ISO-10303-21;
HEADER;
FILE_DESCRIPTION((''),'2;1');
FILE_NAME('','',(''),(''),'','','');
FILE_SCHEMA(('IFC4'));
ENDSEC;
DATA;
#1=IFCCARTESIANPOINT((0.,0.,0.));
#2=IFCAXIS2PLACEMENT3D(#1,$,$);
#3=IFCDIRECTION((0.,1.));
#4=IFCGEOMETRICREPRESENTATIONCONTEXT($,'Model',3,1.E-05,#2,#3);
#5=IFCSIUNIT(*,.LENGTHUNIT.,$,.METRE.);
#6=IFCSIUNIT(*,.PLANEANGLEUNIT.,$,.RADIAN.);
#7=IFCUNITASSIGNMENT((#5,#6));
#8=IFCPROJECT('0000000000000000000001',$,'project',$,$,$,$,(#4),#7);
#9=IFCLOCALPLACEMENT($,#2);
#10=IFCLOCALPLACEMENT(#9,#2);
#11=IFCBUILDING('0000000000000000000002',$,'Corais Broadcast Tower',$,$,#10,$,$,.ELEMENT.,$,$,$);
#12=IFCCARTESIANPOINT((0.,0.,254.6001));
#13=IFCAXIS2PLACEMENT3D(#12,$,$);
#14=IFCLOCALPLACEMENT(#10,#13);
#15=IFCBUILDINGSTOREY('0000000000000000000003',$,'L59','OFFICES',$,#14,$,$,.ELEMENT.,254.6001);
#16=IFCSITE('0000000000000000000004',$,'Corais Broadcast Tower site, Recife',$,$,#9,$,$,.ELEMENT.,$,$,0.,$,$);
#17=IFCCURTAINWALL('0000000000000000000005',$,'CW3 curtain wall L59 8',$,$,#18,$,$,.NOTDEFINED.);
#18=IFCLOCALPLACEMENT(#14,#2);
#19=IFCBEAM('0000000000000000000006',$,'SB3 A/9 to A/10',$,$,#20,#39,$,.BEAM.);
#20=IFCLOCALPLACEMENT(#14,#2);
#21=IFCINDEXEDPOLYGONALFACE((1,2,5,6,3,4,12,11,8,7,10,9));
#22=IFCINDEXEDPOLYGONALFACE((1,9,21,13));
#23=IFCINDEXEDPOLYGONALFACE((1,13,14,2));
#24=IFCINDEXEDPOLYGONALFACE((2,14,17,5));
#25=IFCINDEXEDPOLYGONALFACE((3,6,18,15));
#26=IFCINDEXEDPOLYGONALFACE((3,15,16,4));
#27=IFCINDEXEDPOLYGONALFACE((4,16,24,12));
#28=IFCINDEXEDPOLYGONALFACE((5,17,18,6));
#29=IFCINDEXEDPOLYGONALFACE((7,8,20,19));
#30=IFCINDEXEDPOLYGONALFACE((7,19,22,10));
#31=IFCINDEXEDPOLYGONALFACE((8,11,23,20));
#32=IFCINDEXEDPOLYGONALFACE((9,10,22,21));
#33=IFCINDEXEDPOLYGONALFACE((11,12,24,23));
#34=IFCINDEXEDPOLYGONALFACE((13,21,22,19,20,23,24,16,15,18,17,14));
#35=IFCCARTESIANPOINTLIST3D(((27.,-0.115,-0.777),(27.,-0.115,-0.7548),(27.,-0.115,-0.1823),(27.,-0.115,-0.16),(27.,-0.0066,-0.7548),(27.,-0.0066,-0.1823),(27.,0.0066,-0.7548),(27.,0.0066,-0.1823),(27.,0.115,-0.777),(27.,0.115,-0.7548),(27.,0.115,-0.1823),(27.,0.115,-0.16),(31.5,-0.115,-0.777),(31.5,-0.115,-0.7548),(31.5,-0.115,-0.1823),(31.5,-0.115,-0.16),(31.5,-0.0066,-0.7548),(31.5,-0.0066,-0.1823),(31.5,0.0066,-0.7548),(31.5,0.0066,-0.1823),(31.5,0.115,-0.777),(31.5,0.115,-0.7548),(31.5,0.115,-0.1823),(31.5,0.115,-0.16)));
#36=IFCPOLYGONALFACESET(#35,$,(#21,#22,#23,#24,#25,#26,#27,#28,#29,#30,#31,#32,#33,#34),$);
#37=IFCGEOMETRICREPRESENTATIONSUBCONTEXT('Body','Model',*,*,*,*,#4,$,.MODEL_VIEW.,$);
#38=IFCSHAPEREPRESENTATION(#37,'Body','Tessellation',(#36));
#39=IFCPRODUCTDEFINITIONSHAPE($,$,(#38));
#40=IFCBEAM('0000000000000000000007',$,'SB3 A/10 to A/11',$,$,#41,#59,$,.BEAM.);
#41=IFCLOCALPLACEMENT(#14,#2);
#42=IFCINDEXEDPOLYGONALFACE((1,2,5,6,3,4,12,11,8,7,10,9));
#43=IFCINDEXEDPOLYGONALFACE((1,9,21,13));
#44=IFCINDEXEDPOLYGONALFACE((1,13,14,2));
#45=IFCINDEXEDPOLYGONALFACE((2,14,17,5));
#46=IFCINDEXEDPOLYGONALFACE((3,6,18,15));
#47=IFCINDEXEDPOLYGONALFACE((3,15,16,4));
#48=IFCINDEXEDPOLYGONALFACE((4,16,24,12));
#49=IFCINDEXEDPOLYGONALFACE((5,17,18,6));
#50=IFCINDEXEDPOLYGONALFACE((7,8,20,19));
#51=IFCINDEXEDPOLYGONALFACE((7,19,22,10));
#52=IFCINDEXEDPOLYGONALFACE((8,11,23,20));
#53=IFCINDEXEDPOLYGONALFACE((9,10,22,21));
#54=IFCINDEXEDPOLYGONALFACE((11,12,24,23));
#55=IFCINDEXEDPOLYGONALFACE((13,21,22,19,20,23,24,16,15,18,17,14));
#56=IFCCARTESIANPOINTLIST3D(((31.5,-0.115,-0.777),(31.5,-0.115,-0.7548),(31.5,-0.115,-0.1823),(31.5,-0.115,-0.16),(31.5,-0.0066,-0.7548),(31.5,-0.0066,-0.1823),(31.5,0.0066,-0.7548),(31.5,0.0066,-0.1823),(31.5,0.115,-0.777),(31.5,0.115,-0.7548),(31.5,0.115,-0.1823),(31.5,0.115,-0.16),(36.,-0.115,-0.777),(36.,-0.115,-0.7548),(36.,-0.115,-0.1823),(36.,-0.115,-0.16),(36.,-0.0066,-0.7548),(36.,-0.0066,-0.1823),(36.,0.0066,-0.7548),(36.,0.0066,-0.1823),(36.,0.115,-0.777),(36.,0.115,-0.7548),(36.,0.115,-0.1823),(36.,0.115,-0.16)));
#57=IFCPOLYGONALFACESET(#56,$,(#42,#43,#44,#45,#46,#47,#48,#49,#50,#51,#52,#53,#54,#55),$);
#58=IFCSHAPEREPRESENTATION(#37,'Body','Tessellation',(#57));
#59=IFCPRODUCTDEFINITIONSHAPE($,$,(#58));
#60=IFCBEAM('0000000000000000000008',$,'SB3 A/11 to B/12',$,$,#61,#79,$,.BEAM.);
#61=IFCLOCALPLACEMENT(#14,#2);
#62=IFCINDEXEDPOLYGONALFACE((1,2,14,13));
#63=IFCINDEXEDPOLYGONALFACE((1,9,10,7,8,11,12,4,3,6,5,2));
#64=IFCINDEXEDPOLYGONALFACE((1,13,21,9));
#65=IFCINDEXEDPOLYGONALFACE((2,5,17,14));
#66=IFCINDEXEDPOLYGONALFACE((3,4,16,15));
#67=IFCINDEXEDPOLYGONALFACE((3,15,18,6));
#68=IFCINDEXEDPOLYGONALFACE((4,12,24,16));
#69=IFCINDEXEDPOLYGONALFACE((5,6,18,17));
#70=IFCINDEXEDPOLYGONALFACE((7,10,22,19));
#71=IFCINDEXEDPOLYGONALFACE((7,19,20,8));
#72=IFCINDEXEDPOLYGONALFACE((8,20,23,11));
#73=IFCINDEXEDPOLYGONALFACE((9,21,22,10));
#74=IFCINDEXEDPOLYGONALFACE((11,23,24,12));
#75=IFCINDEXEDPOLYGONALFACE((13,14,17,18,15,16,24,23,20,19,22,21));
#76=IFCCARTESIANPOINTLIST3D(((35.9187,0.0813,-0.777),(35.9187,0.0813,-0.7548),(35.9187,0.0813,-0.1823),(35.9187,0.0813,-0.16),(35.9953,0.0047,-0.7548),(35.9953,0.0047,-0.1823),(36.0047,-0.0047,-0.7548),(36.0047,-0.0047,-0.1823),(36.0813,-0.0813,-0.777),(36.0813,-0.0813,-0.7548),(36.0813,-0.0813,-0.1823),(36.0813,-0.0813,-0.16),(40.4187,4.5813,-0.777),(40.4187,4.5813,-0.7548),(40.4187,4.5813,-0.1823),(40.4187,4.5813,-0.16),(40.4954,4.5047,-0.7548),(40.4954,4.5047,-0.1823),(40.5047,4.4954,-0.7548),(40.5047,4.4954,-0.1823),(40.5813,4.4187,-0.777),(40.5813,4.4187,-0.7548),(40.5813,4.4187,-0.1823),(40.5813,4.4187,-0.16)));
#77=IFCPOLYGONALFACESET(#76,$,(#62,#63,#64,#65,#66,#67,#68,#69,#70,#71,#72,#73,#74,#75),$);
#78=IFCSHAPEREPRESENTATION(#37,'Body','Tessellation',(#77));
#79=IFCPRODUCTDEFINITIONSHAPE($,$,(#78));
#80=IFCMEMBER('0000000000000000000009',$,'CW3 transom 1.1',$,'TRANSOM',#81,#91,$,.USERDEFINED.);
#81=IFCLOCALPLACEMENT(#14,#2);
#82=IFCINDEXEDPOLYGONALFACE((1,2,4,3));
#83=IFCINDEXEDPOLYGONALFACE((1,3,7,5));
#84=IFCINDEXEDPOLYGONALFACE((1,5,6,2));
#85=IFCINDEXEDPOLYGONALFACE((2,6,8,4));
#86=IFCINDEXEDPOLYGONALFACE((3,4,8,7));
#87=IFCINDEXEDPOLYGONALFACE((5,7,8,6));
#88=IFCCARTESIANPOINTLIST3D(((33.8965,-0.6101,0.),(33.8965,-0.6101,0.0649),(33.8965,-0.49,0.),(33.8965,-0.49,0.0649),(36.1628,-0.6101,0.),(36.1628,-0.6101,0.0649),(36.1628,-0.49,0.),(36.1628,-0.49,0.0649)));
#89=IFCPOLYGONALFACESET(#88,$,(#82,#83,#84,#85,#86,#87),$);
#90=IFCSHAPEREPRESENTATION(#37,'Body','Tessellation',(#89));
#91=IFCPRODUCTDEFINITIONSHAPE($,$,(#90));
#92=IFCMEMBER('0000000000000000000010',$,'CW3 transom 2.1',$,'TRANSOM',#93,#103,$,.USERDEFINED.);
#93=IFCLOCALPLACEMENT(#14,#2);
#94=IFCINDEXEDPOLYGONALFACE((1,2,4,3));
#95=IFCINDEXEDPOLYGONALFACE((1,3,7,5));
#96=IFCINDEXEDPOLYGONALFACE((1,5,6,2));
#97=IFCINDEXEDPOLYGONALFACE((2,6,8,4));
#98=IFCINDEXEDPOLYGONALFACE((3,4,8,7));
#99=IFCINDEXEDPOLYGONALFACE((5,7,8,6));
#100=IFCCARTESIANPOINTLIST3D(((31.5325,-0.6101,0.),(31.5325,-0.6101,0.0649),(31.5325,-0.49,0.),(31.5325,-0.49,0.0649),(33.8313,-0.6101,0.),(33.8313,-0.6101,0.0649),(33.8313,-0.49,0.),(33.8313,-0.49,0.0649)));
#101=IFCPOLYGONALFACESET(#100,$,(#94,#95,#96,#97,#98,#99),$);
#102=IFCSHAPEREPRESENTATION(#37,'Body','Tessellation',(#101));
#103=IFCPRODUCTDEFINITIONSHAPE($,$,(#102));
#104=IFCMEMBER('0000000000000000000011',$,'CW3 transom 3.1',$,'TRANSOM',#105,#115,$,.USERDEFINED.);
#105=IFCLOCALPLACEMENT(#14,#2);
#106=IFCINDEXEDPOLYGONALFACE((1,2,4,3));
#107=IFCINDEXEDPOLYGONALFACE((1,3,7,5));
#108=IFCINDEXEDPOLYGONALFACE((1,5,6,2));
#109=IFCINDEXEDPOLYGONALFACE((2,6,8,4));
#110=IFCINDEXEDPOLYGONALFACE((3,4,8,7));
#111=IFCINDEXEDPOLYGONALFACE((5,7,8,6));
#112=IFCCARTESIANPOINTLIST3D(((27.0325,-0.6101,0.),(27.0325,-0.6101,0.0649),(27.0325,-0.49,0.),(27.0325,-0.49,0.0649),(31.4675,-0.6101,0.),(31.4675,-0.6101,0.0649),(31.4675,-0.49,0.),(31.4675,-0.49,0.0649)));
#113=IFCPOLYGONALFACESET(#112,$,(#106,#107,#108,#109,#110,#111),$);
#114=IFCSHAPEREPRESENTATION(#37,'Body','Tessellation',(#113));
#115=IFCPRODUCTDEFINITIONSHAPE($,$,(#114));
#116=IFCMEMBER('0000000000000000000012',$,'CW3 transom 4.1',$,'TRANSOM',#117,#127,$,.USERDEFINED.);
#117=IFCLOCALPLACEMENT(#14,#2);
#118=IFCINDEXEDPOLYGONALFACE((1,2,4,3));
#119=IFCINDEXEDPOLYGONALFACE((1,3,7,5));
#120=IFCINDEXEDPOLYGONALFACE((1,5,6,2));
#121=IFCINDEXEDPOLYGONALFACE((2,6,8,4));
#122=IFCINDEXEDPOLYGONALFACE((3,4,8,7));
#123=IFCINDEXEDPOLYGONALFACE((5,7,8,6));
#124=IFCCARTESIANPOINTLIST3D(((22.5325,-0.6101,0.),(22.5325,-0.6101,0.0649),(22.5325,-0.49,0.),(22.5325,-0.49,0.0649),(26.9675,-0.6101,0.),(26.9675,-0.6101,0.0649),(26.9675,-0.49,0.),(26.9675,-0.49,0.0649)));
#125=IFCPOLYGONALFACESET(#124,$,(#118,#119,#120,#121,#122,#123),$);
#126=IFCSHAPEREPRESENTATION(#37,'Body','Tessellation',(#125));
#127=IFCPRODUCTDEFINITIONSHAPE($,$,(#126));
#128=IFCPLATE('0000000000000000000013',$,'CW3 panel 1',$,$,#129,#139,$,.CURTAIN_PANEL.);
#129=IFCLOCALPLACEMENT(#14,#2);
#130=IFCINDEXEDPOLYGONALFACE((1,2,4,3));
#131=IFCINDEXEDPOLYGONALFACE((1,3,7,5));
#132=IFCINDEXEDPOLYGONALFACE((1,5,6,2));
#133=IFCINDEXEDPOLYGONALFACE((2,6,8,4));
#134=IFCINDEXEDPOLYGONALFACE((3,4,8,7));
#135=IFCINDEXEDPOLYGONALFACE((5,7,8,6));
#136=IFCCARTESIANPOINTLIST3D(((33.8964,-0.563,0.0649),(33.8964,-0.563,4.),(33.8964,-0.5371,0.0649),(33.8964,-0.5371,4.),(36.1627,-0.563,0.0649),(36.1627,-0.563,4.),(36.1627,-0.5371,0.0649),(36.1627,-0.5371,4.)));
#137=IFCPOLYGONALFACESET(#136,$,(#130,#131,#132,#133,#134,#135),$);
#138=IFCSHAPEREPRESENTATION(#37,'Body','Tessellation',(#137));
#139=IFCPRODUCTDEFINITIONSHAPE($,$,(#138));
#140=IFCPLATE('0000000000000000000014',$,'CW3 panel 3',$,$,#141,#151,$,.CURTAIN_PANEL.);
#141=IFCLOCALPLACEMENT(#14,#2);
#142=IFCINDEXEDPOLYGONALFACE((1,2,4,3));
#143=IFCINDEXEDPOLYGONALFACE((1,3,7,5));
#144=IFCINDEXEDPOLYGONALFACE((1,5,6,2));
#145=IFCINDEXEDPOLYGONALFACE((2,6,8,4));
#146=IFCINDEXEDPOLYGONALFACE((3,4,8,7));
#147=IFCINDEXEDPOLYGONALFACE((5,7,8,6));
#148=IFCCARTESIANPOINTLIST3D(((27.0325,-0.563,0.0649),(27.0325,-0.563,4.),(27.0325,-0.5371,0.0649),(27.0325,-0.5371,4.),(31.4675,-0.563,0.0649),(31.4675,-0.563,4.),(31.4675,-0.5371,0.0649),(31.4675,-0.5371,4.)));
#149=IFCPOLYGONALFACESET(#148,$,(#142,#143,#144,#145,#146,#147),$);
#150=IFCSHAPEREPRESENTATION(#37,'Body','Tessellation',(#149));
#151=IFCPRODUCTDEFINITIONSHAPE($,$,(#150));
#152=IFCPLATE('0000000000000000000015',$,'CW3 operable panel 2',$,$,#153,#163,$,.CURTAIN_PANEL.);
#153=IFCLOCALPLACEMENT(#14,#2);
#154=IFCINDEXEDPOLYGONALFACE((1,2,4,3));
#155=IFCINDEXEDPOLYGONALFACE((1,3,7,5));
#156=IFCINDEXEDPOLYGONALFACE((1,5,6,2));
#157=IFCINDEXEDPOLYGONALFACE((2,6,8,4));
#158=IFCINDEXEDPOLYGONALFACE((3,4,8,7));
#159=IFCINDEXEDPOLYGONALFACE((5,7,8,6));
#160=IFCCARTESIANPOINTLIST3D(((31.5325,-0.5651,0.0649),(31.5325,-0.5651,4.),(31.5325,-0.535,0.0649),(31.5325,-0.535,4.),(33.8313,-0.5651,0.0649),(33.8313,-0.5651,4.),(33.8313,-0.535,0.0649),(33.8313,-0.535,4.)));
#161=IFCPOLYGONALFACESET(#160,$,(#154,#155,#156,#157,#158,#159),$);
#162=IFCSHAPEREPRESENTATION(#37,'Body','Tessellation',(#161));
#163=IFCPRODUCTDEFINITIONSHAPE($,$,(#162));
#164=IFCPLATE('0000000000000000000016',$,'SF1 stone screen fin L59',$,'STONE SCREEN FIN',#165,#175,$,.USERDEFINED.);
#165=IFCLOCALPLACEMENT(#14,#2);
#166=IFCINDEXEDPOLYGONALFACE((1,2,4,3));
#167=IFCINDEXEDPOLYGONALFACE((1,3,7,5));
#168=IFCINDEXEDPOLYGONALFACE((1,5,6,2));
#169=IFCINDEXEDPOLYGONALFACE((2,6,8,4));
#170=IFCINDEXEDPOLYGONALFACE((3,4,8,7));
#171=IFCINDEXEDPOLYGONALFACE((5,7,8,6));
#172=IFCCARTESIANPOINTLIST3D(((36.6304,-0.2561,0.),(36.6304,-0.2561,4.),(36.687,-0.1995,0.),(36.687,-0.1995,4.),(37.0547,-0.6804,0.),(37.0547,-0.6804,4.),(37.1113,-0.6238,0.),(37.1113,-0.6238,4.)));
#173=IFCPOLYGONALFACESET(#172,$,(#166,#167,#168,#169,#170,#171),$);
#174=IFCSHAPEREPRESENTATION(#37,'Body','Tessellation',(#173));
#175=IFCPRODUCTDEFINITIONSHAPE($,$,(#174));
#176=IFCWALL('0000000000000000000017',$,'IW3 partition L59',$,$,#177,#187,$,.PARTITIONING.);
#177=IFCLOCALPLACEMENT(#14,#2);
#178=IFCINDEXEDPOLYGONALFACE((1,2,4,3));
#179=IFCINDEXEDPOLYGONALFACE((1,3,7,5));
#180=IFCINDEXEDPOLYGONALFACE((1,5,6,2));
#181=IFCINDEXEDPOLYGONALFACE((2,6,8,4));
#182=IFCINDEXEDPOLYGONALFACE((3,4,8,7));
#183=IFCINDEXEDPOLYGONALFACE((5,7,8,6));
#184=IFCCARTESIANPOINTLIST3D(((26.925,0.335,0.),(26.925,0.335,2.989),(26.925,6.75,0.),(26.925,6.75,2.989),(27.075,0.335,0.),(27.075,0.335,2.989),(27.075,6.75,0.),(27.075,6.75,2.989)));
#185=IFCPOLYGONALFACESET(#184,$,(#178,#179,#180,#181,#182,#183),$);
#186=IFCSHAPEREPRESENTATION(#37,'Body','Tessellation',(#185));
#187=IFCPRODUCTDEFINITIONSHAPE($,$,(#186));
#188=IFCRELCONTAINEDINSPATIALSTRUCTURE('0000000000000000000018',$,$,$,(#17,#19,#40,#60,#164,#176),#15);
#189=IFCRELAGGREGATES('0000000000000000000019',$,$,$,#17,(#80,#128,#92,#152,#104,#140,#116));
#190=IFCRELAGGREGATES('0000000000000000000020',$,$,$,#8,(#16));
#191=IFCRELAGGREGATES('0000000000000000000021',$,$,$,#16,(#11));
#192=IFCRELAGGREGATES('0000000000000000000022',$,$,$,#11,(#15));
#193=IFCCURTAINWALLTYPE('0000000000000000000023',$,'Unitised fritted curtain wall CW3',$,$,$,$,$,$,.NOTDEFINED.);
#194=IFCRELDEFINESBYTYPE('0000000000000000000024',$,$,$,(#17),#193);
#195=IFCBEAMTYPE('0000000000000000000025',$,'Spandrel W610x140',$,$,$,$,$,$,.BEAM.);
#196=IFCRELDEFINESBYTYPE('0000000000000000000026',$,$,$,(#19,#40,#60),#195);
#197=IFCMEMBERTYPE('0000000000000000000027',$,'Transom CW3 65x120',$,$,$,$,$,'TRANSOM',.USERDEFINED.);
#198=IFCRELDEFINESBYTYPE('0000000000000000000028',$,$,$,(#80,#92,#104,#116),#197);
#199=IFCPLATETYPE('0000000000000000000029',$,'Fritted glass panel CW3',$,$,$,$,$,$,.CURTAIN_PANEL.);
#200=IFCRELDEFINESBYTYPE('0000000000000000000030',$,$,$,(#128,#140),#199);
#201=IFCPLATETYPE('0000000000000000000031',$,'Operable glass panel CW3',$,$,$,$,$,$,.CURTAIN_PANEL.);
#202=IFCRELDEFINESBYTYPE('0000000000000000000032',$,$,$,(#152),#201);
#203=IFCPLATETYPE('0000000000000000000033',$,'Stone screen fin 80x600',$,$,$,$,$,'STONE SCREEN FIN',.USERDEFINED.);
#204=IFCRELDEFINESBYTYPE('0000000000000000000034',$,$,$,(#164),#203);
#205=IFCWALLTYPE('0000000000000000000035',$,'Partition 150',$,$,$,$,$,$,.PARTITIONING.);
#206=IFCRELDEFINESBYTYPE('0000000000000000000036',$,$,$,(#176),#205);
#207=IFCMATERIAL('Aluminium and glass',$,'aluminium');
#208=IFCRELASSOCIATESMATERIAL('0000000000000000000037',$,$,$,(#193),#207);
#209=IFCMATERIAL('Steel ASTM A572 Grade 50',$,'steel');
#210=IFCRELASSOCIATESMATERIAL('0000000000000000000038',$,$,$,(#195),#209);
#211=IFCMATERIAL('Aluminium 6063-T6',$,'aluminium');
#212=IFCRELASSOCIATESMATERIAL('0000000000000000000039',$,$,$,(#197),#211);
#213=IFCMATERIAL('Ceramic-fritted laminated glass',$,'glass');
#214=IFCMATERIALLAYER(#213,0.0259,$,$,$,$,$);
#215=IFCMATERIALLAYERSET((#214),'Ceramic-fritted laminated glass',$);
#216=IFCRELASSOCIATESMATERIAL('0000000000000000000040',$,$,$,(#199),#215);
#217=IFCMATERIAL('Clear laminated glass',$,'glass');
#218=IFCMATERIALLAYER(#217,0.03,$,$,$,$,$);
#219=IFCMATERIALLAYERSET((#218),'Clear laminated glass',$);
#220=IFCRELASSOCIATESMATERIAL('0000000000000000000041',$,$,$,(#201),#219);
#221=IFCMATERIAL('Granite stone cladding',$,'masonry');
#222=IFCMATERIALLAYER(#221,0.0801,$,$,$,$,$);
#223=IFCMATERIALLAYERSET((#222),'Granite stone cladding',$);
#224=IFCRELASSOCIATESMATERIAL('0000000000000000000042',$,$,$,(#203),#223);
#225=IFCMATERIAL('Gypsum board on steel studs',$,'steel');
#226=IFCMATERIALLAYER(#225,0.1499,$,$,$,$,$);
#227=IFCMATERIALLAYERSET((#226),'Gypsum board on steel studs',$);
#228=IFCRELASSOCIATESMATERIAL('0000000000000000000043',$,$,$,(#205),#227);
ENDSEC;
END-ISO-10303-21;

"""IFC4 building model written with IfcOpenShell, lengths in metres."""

from ifc_helpers import new_model, si_unit, direction, frame, frame_2d, origin, origin_2d, place, context, subcontext, project, spatial, rectangle, i_section, extrude, material, layer, layer_set, material_profile, profile_set, type_object, element, aggregate, save


model = new_model("IFC4")

# Units and contexts
model_context = context("Model", 3, precision=1e-05, world=origin(), true_north=direction((0.0, 1.0)))
body_context = subcontext(model_context, "Body", "Model", "MODEL_VIEW")
ifc_project = project(units=[si_unit("LENGTHUNIT", "METRE"), si_unit("PLANEANGLEUNIT", "RADIAN")], contexts=[model_context])

# Site, building, storey
site_placement = place(None, origin())
site = spatial("IfcSite", under=ifc_project, at=site_placement, Name="Corais Broadcast Tower site, Recife", CompositionType="ELEMENT", RefElevation=0.0)
building_placement = place(site_placement, origin())
building = spatial("IfcBuilding", under=site, at=building_placement, Name="Corais Broadcast Tower", CompositionType="ELEMENT")
storey_placement = place(building_placement, frame((0.0, 0.0, 254.6001)))
storey = spatial("IfcBuildingStorey", under=building, at=storey_placement, Name="L59", Description="OFFICES", CompositionType="ELEMENT", Elevation=254.6001)

# Shared definitions
ifc_material_1 = material(Name="Aluminium and glass", Category="aluminium")
curtain_wall_type = type_object("IfcCurtainWallType", Name="Unitised fritted curtain wall CW3", PredefinedType="NOTDEFINED", material=ifc_material_1)

# Curtain wall
curtain_wall_1_placement = place(storey_placement, origin())
curtain_wall_1 = element("IfcCurtainWall", 1, at=curtain_wall_1_placement, inside=storey, type_object=curtain_wall_type, Name="CW3 curtain wall L59 8", PredefinedType="NOTDEFINED")

# Beams
ifc_material_2 = material(Name="Steel ASTM A572 Grade 50", Category="steel")
ifc_material_profile_1 = material_profile(ifc_material_2, i_section(OverallWidth=0.23, OverallDepth=0.6169, WebThickness=0.0132, FlangeThickness=0.0222, at=origin_2d()), Name="W610x140")
ifc_profile_set_1 = profile_set([ifc_material_profile_1], Name="Steel ASTM A572 Grade 50")
beam_type_1 = type_object("IfcBeamType", Name="Spandrel W610x140", PredefinedType="BEAM", material=ifc_profile_set_1)
for number, where, z_axis, x_axis, name in (
    (2, (27.0, 0.0, -0.4685), (1.0, 0.0, 0.0), (0.0, 1.0, 0.0), "SB3 A/9 to A/10"),
    (3, (31.5, 0.0, -0.4685), (1.0, 0.0, 0.0), (0.0, 1.0, 0.0), "SB3 A/10 to A/11"),
):
    element("IfcBeam", number, at=place(storey_placement, frame(where, z_axis=z_axis, x_axis=x_axis)), inside=storey, type_object=beam_type_1, Name=name, PredefinedType="BEAM", context=body_context, shape_type="SweptSolid", body=[
        extrude(i_section(OverallWidth=0.23, OverallDepth=0.6169, WebThickness=0.0132, FlangeThickness=0.0222, at=origin_2d()), origin(), (0.0, 0.0, 1.0), 4.5),
    ])
beam_placement = place(storey_placement, frame((36.0, 0.0, -0.4685), z_axis=(0.707107, 0.707107, 0.0), x_axis=(-0.707107, 0.707107, 0.0)))
element("IfcBeam", 4, at=beam_placement, inside=storey, type_object=beam_type_1, Name="SB3 A/11 to B/12", PredefinedType="BEAM", context=body_context, shape_type="SweptSolid", body=[
    extrude(i_section(OverallWidth=0.23, OverallDepth=0.6169, WebThickness=0.0132, FlangeThickness=0.0222, at=origin_2d()), origin(), (0.0, 0.0, 1.0), 6.364),
])

# Members
ifc_material_3 = material(Name="Aluminium 6063-T6", Category="aluminium")
ifc_material_profile_2 = material_profile(ifc_material_3, rectangle(XDim=0.1201, YDim=0.0649, at=origin_2d()), Name="Transom CW3 65x120")
ifc_profile_set_2 = profile_set([ifc_material_profile_2], Name="Aluminium 6063-T6")
member_type_1 = type_object("IfcMemberType", Name="Transom CW3 65x120", ElementType="TRANSOM", PredefinedType="USERDEFINED", material=ifc_profile_set_2)
member_1_placement = place(storey_placement, frame((36.1628, -0.55, 0.0325), z_axis=(-1.0, 0.0, 0.0), x_axis=(0.0, -1.0, 0.0)))
member_1 = element("IfcMember", 5, at=member_1_placement, type_object=member_type_1, Name="CW3 transom 1.1", ObjectType="TRANSOM", PredefinedType="USERDEFINED", context=body_context, shape_type="SweptSolid", body=[
    extrude(rectangle(XDim=0.1201, YDim=0.0649, at=origin_2d()), origin(), (0.0, 0.0, 1.0), 2.2664),
])
member_2_placement = place(storey_placement, frame((33.8313, -0.55, 0.0325), z_axis=(-1.0, 0.0, 0.0), x_axis=(0.0, -1.0, 0.0)))
member_2 = element("IfcMember", 6, at=member_2_placement, type_object=member_type_1, Name="CW3 transom 2.1", ObjectType="TRANSOM", PredefinedType="USERDEFINED", context=body_context, shape_type="SweptSolid", body=[
    extrude(rectangle(XDim=0.1201, YDim=0.0649, at=origin_2d()), origin(), (0.0, 0.0, 1.0), 2.2988),
])
member_3_placement = place(storey_placement, frame((31.4675, -0.55, 0.0325), z_axis=(-1.0, 0.0, 0.0), x_axis=(0.0, -1.0, 0.0)))
member_3 = element("IfcMember", 7, at=member_3_placement, type_object=member_type_1, Name="CW3 transom 3.1", ObjectType="TRANSOM", PredefinedType="USERDEFINED", context=body_context, shape_type="SweptSolid", body=[
    extrude(rectangle(XDim=0.1201, YDim=0.0649, at=origin_2d()), origin(), (0.0, 0.0, 1.0), 4.4351),
])
member_4_placement = place(storey_placement, frame((26.9675, -0.55, 0.0325), z_axis=(-1.0, 0.0, 0.0), x_axis=(0.0, -1.0, 0.0)))
member_4 = element("IfcMember", 8, at=member_4_placement, type_object=member_type_1, Name="CW3 transom 4.1", ObjectType="TRANSOM", PredefinedType="USERDEFINED", context=body_context, shape_type="SweptSolid", body=[
    extrude(rectangle(XDim=0.1201, YDim=0.0649, at=origin_2d()), origin(), (0.0, 0.0, 1.0), 4.4351),
])

# Plates
ifc_material_4 = material(Name="Ceramic-fritted laminated glass", Category="glass")
ifc_layer_1 = layer(ifc_material_4, 0.0259)
ifc_layer_set_1 = layer_set([ifc_layer_1], Name="Ceramic-fritted laminated glass")
plate_type_1 = type_object("IfcPlateType", Name="Fritted glass panel CW3", PredefinedType="CURTAIN_PANEL", material=ifc_layer_set_1)
plate_1_placement = place(storey_placement, frame((35.0295, -0.55, 0.0649), z_axis=(0.0, 0.0, 1.0), x_axis=(-1.0, 0.0, 0.0)))
plate_1 = element("IfcPlate", 9, at=plate_1_placement, type_object=plate_type_1, Name="CW3 panel 1", PredefinedType="CURTAIN_PANEL", context=body_context, shape_type="SweptSolid", body=[
    extrude(rectangle(XDim=2.2664, YDim=0.0259, at=origin_2d()), origin(), (0.0, 0.0, 1.0), 3.9351),
])
plate_2_placement = place(storey_placement, frame((29.25, -0.55, 0.0649), z_axis=(0.0, 0.0, 1.0), x_axis=(-1.0, 0.0, 0.0)))
plate_2 = element("IfcPlate", 10, at=plate_2_placement, type_object=plate_type_1, Name="CW3 panel 3", PredefinedType="CURTAIN_PANEL", context=body_context, shape_type="SweptSolid", body=[
    extrude(rectangle(XDim=4.4351, YDim=0.0259, at=origin_2d()), origin(), (0.0, 0.0, 1.0), 3.9351),
])
ifc_material_5 = material(Name="Clear laminated glass", Category="glass")
ifc_layer_2 = layer(ifc_material_5, 0.03)
ifc_layer_set_2 = layer_set([ifc_layer_2], Name="Clear laminated glass")
plate_type_2 = type_object("IfcPlateType", Name="Operable glass panel CW3", PredefinedType="CURTAIN_PANEL", material=ifc_layer_set_2)
plate_3_placement = place(storey_placement, frame((32.6819, -0.55, 0.0649), z_axis=(0.0, 0.0, 1.0), x_axis=(-1.0, 0.0, 0.0)))
plate_3 = element("IfcPlate", 11, at=plate_3_placement, type_object=plate_type_2, Name="CW3 operable panel 2", PredefinedType="CURTAIN_PANEL", context=body_context, shape_type="SweptSolid", body=[
    extrude(rectangle(XDim=2.2988, YDim=0.03, at=origin_2d()), origin(), (0.0, 0.0, 1.0), 3.9351),
])
aggregate(curtain_wall_1, [member_1, plate_1, member_2, plate_3, member_3, plate_2, member_4])
ifc_material_6 = material(Name="Granite stone cladding", Category="masonry")
ifc_layer_3 = layer(ifc_material_6, 0.0801)
ifc_layer_set_3 = layer_set([ifc_layer_3], Name="Granite stone cladding")
plate_type_3 = type_object("IfcPlateType", Name="Stone screen fin 80x600", ElementType="STONE SCREEN FIN", PredefinedType="USERDEFINED", material=ifc_layer_set_3)
plate_4_placement = place(storey_placement, frame((36.8708, -0.4399, 0.0), z_axis=(0.0, 0.0, 1.0), x_axis=(-0.707107, -0.707107, 0.0)))
element("IfcPlate", 12, at=plate_4_placement, inside=storey, type_object=plate_type_3, Name="SF1 stone screen fin L59", ObjectType="STONE SCREEN FIN", PredefinedType="USERDEFINED", context=body_context, shape_type="SweptSolid", body=[
    extrude(rectangle(XDim=0.0801, YDim=0.6001, at=origin_2d()), origin(), (0.0, 0.0, 1.0), 4.0),
])

# Wall
ifc_material_7 = material(Name="Gypsum board on steel studs", Category="steel")
ifc_layer_4 = layer(ifc_material_7, 0.1499)
ifc_layer_set_4 = layer_set([ifc_layer_4], Name="Gypsum board on steel studs")
wall_type = type_object("IfcWallType", Name="Partition 150", PredefinedType="PARTITIONING", material=ifc_layer_set_4)
for number, where, z_axis, x_axis, name in (
    (13, (27.0, 0.335, 0.0), (0.0, 0.0, 1.0), (0.0, 1.0, 0.0), "IW3 partition L59"),
):
    element("IfcWall", number, at=place(storey_placement, frame(where, z_axis=z_axis, x_axis=x_axis)), inside=storey, type_object=wall_type, Name=name, PredefinedType="PARTITIONING", context=body_context, shape_type="SweptSolid", body=[
        extrude(rectangle(XDim=6.415, YDim=0.1499, at=frame_2d((3.2075, 0.0))), origin(), (0.0, 0.0, 1.0), 2.989),
    ])

save(model, "model.ifc")
